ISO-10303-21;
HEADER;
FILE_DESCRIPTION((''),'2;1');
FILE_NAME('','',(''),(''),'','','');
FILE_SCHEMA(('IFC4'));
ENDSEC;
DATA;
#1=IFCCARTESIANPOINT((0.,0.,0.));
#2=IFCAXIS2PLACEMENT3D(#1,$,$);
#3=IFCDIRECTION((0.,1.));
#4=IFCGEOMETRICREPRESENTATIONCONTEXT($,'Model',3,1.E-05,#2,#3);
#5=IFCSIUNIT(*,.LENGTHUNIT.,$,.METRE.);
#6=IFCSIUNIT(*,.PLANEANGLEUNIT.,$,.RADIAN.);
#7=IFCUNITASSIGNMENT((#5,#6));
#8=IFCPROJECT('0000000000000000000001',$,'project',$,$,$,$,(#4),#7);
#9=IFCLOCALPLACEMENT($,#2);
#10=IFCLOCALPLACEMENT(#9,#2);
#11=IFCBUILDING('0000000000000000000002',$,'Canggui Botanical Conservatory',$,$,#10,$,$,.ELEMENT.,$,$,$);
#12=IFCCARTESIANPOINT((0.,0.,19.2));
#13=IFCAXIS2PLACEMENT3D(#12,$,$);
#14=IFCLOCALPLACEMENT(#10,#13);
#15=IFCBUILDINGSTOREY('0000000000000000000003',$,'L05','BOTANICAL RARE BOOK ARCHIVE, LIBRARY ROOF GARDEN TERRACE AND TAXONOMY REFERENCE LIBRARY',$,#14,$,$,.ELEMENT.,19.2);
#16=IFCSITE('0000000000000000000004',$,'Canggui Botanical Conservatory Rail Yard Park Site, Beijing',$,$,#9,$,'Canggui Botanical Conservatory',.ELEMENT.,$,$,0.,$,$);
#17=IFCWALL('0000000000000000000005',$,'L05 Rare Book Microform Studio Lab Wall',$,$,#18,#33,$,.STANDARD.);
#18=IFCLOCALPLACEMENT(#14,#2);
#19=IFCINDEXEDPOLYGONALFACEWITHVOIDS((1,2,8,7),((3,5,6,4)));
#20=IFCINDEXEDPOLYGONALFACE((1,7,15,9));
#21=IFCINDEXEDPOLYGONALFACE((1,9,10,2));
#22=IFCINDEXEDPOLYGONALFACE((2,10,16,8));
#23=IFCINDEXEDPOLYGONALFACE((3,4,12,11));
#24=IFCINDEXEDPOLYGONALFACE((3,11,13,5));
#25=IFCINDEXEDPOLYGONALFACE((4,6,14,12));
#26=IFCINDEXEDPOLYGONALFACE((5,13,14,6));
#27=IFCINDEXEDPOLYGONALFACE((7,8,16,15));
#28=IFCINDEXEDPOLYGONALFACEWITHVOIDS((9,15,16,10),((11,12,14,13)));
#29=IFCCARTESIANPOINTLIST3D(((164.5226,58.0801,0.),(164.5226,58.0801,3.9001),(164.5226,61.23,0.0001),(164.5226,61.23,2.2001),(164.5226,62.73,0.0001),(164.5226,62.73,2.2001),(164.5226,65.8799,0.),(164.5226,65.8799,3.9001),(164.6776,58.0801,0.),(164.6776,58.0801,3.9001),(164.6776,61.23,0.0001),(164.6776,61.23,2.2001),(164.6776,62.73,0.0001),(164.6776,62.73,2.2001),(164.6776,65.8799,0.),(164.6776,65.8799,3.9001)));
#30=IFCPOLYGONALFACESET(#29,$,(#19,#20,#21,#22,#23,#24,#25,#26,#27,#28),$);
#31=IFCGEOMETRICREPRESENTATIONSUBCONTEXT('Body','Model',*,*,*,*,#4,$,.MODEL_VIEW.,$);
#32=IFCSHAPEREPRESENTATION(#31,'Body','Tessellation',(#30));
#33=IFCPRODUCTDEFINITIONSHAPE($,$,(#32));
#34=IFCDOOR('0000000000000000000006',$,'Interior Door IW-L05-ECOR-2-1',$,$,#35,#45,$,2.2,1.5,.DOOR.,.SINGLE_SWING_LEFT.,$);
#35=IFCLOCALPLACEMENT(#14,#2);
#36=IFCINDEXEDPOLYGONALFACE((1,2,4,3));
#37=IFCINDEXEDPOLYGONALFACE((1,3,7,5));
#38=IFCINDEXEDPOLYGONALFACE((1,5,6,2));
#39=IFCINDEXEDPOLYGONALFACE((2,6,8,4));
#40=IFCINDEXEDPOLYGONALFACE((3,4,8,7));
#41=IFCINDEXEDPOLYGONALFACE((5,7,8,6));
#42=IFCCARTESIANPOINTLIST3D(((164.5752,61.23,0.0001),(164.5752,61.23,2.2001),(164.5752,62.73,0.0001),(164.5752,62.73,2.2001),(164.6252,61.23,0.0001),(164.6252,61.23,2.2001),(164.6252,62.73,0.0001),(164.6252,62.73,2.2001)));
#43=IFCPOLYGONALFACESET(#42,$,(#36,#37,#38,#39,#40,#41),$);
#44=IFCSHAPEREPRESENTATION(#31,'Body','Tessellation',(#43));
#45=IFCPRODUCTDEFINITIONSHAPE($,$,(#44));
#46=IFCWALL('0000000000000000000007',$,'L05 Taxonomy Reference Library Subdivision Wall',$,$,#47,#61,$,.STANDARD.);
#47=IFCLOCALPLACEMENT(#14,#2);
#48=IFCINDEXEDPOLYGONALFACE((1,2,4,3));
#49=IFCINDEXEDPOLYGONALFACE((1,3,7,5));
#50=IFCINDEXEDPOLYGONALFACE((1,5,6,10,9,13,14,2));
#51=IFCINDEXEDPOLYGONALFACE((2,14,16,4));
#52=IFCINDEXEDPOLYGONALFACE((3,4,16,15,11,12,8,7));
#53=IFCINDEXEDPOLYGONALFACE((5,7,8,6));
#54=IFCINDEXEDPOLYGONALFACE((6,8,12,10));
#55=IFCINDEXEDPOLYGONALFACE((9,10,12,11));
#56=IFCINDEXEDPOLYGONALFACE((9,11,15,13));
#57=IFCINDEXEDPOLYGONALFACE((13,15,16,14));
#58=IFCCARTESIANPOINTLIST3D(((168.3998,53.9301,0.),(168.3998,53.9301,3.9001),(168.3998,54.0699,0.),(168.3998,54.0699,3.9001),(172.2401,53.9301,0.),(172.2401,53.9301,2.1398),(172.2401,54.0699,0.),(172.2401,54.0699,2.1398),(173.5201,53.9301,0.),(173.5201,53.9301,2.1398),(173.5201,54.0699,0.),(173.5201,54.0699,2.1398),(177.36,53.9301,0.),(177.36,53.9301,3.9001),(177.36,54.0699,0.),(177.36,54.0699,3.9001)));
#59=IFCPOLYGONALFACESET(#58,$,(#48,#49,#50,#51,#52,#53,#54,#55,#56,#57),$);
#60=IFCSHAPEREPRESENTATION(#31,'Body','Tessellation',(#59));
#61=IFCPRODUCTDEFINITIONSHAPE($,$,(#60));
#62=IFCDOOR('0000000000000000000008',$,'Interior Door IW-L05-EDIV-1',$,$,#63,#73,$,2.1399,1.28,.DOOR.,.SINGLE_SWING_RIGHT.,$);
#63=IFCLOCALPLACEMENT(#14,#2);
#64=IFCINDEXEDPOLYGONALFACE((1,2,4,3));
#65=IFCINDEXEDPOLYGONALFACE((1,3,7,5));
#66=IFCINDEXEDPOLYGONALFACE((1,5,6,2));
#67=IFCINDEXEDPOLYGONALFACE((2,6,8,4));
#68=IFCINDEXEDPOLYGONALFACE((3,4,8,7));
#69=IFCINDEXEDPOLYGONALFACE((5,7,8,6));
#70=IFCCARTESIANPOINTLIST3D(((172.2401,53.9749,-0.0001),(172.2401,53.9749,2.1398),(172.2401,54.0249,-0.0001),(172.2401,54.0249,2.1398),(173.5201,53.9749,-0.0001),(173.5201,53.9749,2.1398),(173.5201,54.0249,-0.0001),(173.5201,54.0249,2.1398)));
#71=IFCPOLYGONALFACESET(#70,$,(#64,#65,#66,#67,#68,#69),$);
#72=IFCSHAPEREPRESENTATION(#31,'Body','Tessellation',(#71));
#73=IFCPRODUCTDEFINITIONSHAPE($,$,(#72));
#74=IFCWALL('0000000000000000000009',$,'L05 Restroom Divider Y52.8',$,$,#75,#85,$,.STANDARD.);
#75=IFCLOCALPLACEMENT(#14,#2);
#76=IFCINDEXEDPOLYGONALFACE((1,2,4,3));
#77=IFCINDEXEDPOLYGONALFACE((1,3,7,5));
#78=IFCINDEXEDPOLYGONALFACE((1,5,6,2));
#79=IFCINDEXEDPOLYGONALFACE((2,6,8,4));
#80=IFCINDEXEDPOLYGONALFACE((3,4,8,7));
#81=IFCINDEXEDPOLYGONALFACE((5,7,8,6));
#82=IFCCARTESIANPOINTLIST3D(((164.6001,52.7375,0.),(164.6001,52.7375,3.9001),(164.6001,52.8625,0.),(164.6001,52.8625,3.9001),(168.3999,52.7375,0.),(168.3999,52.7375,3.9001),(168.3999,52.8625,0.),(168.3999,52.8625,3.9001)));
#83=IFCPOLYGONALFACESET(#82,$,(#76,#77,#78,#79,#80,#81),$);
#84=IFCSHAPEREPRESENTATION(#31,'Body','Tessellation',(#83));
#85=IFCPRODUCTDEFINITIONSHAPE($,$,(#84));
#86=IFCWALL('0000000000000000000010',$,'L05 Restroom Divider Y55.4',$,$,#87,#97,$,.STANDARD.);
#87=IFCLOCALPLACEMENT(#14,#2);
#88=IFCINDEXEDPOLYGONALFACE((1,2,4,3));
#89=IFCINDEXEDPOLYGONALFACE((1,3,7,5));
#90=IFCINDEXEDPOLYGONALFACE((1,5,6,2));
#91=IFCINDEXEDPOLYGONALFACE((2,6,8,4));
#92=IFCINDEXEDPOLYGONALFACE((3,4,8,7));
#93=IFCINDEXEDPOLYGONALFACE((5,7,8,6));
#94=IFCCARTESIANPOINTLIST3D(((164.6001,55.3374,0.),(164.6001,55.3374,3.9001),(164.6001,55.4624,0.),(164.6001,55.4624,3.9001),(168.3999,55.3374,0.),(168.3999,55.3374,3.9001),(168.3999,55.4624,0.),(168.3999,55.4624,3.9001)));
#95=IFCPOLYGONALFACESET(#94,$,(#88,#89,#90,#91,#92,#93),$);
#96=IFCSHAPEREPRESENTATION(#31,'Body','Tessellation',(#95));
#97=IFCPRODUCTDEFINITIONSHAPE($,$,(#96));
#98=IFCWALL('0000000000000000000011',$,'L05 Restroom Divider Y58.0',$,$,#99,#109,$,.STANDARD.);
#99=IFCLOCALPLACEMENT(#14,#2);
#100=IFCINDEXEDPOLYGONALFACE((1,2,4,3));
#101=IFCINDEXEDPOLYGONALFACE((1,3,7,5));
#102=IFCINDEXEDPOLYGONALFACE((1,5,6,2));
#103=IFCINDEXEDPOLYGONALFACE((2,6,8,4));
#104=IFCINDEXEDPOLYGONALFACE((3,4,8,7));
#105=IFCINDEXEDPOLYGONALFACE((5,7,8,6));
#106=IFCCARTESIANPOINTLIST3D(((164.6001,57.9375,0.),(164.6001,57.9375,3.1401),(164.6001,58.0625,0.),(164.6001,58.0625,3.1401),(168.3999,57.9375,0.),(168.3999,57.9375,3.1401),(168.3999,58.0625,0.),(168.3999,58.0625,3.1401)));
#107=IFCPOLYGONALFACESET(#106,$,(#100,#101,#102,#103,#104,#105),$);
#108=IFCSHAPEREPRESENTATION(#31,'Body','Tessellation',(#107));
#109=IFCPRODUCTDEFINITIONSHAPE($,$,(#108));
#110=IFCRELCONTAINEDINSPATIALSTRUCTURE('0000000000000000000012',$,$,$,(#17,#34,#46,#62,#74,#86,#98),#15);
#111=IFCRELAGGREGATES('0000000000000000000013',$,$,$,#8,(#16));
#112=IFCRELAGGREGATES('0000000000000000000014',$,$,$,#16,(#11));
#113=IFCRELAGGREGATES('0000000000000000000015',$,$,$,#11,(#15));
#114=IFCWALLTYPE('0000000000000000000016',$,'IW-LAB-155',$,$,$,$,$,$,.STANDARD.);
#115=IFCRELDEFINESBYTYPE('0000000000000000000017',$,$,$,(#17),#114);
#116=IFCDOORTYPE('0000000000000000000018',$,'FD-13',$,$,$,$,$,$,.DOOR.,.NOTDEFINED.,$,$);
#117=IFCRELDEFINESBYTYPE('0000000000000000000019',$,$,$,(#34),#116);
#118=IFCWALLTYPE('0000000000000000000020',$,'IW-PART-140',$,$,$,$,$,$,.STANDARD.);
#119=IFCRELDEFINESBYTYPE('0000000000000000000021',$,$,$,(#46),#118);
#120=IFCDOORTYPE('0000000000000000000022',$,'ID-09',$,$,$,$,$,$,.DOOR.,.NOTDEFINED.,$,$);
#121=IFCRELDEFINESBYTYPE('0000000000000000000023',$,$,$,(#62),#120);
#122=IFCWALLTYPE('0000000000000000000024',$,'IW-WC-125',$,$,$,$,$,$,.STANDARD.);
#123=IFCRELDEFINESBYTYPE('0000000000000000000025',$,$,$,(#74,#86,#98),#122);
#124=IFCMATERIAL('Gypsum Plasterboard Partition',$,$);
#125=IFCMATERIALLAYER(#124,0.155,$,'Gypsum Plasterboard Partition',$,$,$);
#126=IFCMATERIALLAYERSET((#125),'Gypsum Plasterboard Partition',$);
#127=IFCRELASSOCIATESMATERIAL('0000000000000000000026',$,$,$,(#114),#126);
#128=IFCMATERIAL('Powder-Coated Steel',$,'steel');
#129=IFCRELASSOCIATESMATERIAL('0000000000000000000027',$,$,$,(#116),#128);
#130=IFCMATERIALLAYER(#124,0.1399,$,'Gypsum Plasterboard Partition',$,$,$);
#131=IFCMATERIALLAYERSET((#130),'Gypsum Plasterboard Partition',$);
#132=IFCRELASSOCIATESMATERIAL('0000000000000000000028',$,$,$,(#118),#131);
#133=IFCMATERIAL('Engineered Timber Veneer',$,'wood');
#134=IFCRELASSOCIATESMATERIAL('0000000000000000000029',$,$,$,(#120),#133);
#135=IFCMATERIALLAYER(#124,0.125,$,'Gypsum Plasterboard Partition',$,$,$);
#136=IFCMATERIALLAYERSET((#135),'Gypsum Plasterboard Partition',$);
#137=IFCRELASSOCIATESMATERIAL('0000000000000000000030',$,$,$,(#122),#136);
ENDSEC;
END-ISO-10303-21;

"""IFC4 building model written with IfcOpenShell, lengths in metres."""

from ifc_helpers import new_model, si_unit, direction, frame, frame_2d, origin, place, context, subcontext, project, spatial, rectangle, extrude, material, layer, layer_set, type_object, element, fill, save


model = new_model("IFC4")

# Units and contexts
model_context = context("Model", 3, precision=1e-05, world=origin(), true_north=direction((0.0, 1.0)))
body_context = subcontext(model_context, "Body", "Model", "MODEL_VIEW")
ifc_project = project(units=[si_unit("LENGTHUNIT", "METRE"), si_unit("PLANEANGLEUNIT", "RADIAN")], contexts=[model_context])

# Site, building, storey
site_placement = place(None, origin())
site = spatial("IfcSite", under=ifc_project, at=site_placement, Name="Canggui Botanical Conservatory Rail Yard Park Site, Beijing", LongName="Canggui Botanical Conservatory", CompositionType="ELEMENT", RefElevation=0.0)
building_placement = place(site_placement, origin())
building = spatial("IfcBuilding", under=site, at=building_placement, Name="Canggui Botanical Conservatory", CompositionType="ELEMENT")
storey_placement = place(building_placement, frame((0.0, 0.0, 19.2)))
storey = spatial("IfcBuildingStorey", under=building, at=storey_placement, Name="L05", Description="BOTANICAL RARE BOOK ARCHIVE, LIBRARY ROOF GARDEN TERRACE AND TAXONOMY REFERENCE LIBRARY", CompositionType="ELEMENT", Elevation=19.2)

# Walls, openings, doors
ifc_material_1 = material(Name="Gypsum Plasterboard Partition")
ifc_material_2 = material(Name="Powder-Coated Steel", Category="steel")
ifc_layer_1 = layer(ifc_material_1, 0.155, Name="Gypsum Plasterboard Partition")
ifc_layer_set_1 = layer_set([ifc_layer_1], Name="Gypsum Plasterboard Partition")
wall_type_1 = type_object("IfcWallType", Name="IW-LAB-155", PredefinedType="STANDARD", material=ifc_layer_set_1)
wall_1_placement = place(storey_placement, frame((164.6001, 58.0801, 0.0), z_axis=(0.0, 0.0, 1.0), x_axis=(0.0, 1.0, 0.0)))
wall_1 = element("IfcWall", 1, at=wall_1_placement, inside=storey, type_object=wall_type_1, Name="L05 Rare Book Microform Studio Lab Wall", PredefinedType="STANDARD", context=body_context, shape_type="SweptSolid", body=[
    extrude(rectangle(XDim=7.7998, YDim=0.155, at=frame_2d((3.8999, 0.0))), origin(), (0.0, 0.0, 1.0), 3.9001),
])
opening_1_placement = place(wall_1_placement, frame((3.1499, 0.0, 0.0)))
opening_1 = element("IfcOpeningElement", 2, at=opening_1_placement, cuts=wall_1, PredefinedType="OPENING", context=body_context, shape_type="SweptSolid", body=[
    extrude(rectangle(XDim=1.5, YDim=2.2, at=frame_2d((0.75, 1.1001))), frame((0.0, 0.0874, 0.0), z_axis=(0.0, -1.0, 0.0), x_axis=(1.0, 0.0, 0.0)), (0.0, 0.0, 1.0), 0.175),
])
door_type_1 = type_object("IfcDoorType", Name="FD-13", OperationType="NOTDEFINED", PredefinedType="DOOR", material=ifc_material_2)
door_1_placement = place(opening_1_placement, origin())
door_1 = element("IfcDoor", 3, at=door_1_placement, inside=storey, type_object=door_type_1, Name="Interior Door IW-L05-ECOR-2-1", OperationType="SINGLE_SWING_LEFT", OverallHeight=2.2, OverallWidth=1.5, PredefinedType="DOOR", context=body_context, shape_type="SweptSolid", body=[
    extrude(rectangle(XDim=1.5, YDim=2.2, at=frame_2d((0.75, 1.1001))), frame((0.0, 0.0249, 0.0), z_axis=(0.0, -1.0, 0.0), x_axis=(1.0, 0.0, 0.0)), (0.0, 0.0, 1.0), 0.05),
])
fill(opening_1, door_1)
ifc_layer_2 = layer(ifc_material_1, 0.1399, Name="Gypsum Plasterboard Partition")
ifc_layer_set_2 = layer_set([ifc_layer_2], Name="Gypsum Plasterboard Partition")
wall_type_2 = type_object("IfcWallType", Name="IW-PART-140", PredefinedType="STANDARD", material=ifc_layer_set_2)
wall_2_placement = place(storey_placement, frame((168.3999, 54.0, 0.0), z_axis=(0.0, 0.0, 1.0), x_axis=(1.0, 0.0, 0.0)))
wall_2 = element("IfcWall", 4, at=wall_2_placement, inside=storey, type_object=wall_type_2, Name="L05 Taxonomy Reference Library Subdivision Wall", PredefinedType="STANDARD", context=body_context, shape_type="SweptSolid", body=[
    extrude(rectangle(XDim=8.9602, YDim=0.1399, at=frame_2d((4.48, 0.0))), origin(), (0.0, 0.0, 1.0), 3.9001),
])
opening_2_placement = place(wall_2_placement, frame((3.8401, 0.0, 0.0)))
opening_2 = element("IfcOpeningElement", 5, at=opening_2_placement, cuts=wall_2, PredefinedType="OPENING", context=body_context, shape_type="SweptSolid", body=[
    extrude(rectangle(XDim=1.28, YDim=2.1399, at=frame_2d((0.6401, 1.0698))), frame((0.0, 0.0801, 0.0), z_axis=(0.0, -1.0, 0.0), x_axis=(1.0, 0.0, 0.0)), (0.0, 0.0, 1.0), 0.1599),
])
ifc_material_3 = material(Name="Engineered Timber Veneer", Category="wood")
door_type_2 = type_object("IfcDoorType", Name="ID-09", OperationType="NOTDEFINED", PredefinedType="DOOR", material=ifc_material_3)
door_2_placement = place(opening_2_placement, origin())
door_2 = element("IfcDoor", 6, at=door_2_placement, inside=storey, type_object=door_type_2, Name="Interior Door IW-L05-EDIV-1", OperationType="SINGLE_SWING_RIGHT", OverallHeight=2.1399, OverallWidth=1.28, PredefinedType="DOOR", context=body_context, shape_type="SweptSolid", body=[
    extrude(rectangle(XDim=1.28, YDim=2.1399, at=frame_2d((0.6401, 1.0698))), frame((0.0, 0.0249, 0.0), z_axis=(0.0, -1.0, 0.0), x_axis=(1.0, 0.0, 0.0)), (0.0, 0.0, 1.0), 0.05),
])
fill(opening_2, door_2)

# Walls
ifc_layer_3 = layer(ifc_material_1, 0.125, Name="Gypsum Plasterboard Partition")
ifc_layer_set_3 = layer_set([ifc_layer_3], Name="Gypsum Plasterboard Partition")
wall_type_3 = type_object("IfcWallType", Name="IW-WC-125", PredefinedType="STANDARD", material=ifc_layer_set_3)
for number, where, z_axis, x_axis, name in (
    (7, (164.6001, 52.8, 0.0), (0.0, 0.0, 1.0), (1.0, 0.0, 0.0), "L05 Restroom Divider Y52.8"),
    (8, (164.6001, 55.3999, 0.0), (0.0, 0.0, 1.0), (1.0, 0.0, 0.0), "L05 Restroom Divider Y55.4"),
):
    element("IfcWall", number, at=place(storey_placement, frame(where, z_axis=z_axis, x_axis=x_axis)), inside=storey, type_object=wall_type_3, Name=name, PredefinedType="STANDARD", context=body_context, shape_type="SweptSolid", body=[
        extrude(rectangle(XDim=3.7998, YDim=0.125, at=frame_2d((1.8999, 0.0))), origin(), (0.0, 0.0, 1.0), 3.9001),
    ])
wall_3_placement = place(storey_placement, frame((164.6001, 58.0, 0.0), z_axis=(0.0, 0.0, 1.0), x_axis=(1.0, 0.0, 0.0)))
element("IfcWall", 9, at=wall_3_placement, inside=storey, type_object=wall_type_3, Name="L05 Restroom Divider Y58.0", PredefinedType="STANDARD", context=body_context, shape_type="SweptSolid", body=[
    extrude(rectangle(XDim=3.7998, YDim=0.125, at=frame_2d((1.8999, 0.0))), origin(), (0.0, 0.0, 1.0), 3.1401),
])

save(model, "model.ifc")
